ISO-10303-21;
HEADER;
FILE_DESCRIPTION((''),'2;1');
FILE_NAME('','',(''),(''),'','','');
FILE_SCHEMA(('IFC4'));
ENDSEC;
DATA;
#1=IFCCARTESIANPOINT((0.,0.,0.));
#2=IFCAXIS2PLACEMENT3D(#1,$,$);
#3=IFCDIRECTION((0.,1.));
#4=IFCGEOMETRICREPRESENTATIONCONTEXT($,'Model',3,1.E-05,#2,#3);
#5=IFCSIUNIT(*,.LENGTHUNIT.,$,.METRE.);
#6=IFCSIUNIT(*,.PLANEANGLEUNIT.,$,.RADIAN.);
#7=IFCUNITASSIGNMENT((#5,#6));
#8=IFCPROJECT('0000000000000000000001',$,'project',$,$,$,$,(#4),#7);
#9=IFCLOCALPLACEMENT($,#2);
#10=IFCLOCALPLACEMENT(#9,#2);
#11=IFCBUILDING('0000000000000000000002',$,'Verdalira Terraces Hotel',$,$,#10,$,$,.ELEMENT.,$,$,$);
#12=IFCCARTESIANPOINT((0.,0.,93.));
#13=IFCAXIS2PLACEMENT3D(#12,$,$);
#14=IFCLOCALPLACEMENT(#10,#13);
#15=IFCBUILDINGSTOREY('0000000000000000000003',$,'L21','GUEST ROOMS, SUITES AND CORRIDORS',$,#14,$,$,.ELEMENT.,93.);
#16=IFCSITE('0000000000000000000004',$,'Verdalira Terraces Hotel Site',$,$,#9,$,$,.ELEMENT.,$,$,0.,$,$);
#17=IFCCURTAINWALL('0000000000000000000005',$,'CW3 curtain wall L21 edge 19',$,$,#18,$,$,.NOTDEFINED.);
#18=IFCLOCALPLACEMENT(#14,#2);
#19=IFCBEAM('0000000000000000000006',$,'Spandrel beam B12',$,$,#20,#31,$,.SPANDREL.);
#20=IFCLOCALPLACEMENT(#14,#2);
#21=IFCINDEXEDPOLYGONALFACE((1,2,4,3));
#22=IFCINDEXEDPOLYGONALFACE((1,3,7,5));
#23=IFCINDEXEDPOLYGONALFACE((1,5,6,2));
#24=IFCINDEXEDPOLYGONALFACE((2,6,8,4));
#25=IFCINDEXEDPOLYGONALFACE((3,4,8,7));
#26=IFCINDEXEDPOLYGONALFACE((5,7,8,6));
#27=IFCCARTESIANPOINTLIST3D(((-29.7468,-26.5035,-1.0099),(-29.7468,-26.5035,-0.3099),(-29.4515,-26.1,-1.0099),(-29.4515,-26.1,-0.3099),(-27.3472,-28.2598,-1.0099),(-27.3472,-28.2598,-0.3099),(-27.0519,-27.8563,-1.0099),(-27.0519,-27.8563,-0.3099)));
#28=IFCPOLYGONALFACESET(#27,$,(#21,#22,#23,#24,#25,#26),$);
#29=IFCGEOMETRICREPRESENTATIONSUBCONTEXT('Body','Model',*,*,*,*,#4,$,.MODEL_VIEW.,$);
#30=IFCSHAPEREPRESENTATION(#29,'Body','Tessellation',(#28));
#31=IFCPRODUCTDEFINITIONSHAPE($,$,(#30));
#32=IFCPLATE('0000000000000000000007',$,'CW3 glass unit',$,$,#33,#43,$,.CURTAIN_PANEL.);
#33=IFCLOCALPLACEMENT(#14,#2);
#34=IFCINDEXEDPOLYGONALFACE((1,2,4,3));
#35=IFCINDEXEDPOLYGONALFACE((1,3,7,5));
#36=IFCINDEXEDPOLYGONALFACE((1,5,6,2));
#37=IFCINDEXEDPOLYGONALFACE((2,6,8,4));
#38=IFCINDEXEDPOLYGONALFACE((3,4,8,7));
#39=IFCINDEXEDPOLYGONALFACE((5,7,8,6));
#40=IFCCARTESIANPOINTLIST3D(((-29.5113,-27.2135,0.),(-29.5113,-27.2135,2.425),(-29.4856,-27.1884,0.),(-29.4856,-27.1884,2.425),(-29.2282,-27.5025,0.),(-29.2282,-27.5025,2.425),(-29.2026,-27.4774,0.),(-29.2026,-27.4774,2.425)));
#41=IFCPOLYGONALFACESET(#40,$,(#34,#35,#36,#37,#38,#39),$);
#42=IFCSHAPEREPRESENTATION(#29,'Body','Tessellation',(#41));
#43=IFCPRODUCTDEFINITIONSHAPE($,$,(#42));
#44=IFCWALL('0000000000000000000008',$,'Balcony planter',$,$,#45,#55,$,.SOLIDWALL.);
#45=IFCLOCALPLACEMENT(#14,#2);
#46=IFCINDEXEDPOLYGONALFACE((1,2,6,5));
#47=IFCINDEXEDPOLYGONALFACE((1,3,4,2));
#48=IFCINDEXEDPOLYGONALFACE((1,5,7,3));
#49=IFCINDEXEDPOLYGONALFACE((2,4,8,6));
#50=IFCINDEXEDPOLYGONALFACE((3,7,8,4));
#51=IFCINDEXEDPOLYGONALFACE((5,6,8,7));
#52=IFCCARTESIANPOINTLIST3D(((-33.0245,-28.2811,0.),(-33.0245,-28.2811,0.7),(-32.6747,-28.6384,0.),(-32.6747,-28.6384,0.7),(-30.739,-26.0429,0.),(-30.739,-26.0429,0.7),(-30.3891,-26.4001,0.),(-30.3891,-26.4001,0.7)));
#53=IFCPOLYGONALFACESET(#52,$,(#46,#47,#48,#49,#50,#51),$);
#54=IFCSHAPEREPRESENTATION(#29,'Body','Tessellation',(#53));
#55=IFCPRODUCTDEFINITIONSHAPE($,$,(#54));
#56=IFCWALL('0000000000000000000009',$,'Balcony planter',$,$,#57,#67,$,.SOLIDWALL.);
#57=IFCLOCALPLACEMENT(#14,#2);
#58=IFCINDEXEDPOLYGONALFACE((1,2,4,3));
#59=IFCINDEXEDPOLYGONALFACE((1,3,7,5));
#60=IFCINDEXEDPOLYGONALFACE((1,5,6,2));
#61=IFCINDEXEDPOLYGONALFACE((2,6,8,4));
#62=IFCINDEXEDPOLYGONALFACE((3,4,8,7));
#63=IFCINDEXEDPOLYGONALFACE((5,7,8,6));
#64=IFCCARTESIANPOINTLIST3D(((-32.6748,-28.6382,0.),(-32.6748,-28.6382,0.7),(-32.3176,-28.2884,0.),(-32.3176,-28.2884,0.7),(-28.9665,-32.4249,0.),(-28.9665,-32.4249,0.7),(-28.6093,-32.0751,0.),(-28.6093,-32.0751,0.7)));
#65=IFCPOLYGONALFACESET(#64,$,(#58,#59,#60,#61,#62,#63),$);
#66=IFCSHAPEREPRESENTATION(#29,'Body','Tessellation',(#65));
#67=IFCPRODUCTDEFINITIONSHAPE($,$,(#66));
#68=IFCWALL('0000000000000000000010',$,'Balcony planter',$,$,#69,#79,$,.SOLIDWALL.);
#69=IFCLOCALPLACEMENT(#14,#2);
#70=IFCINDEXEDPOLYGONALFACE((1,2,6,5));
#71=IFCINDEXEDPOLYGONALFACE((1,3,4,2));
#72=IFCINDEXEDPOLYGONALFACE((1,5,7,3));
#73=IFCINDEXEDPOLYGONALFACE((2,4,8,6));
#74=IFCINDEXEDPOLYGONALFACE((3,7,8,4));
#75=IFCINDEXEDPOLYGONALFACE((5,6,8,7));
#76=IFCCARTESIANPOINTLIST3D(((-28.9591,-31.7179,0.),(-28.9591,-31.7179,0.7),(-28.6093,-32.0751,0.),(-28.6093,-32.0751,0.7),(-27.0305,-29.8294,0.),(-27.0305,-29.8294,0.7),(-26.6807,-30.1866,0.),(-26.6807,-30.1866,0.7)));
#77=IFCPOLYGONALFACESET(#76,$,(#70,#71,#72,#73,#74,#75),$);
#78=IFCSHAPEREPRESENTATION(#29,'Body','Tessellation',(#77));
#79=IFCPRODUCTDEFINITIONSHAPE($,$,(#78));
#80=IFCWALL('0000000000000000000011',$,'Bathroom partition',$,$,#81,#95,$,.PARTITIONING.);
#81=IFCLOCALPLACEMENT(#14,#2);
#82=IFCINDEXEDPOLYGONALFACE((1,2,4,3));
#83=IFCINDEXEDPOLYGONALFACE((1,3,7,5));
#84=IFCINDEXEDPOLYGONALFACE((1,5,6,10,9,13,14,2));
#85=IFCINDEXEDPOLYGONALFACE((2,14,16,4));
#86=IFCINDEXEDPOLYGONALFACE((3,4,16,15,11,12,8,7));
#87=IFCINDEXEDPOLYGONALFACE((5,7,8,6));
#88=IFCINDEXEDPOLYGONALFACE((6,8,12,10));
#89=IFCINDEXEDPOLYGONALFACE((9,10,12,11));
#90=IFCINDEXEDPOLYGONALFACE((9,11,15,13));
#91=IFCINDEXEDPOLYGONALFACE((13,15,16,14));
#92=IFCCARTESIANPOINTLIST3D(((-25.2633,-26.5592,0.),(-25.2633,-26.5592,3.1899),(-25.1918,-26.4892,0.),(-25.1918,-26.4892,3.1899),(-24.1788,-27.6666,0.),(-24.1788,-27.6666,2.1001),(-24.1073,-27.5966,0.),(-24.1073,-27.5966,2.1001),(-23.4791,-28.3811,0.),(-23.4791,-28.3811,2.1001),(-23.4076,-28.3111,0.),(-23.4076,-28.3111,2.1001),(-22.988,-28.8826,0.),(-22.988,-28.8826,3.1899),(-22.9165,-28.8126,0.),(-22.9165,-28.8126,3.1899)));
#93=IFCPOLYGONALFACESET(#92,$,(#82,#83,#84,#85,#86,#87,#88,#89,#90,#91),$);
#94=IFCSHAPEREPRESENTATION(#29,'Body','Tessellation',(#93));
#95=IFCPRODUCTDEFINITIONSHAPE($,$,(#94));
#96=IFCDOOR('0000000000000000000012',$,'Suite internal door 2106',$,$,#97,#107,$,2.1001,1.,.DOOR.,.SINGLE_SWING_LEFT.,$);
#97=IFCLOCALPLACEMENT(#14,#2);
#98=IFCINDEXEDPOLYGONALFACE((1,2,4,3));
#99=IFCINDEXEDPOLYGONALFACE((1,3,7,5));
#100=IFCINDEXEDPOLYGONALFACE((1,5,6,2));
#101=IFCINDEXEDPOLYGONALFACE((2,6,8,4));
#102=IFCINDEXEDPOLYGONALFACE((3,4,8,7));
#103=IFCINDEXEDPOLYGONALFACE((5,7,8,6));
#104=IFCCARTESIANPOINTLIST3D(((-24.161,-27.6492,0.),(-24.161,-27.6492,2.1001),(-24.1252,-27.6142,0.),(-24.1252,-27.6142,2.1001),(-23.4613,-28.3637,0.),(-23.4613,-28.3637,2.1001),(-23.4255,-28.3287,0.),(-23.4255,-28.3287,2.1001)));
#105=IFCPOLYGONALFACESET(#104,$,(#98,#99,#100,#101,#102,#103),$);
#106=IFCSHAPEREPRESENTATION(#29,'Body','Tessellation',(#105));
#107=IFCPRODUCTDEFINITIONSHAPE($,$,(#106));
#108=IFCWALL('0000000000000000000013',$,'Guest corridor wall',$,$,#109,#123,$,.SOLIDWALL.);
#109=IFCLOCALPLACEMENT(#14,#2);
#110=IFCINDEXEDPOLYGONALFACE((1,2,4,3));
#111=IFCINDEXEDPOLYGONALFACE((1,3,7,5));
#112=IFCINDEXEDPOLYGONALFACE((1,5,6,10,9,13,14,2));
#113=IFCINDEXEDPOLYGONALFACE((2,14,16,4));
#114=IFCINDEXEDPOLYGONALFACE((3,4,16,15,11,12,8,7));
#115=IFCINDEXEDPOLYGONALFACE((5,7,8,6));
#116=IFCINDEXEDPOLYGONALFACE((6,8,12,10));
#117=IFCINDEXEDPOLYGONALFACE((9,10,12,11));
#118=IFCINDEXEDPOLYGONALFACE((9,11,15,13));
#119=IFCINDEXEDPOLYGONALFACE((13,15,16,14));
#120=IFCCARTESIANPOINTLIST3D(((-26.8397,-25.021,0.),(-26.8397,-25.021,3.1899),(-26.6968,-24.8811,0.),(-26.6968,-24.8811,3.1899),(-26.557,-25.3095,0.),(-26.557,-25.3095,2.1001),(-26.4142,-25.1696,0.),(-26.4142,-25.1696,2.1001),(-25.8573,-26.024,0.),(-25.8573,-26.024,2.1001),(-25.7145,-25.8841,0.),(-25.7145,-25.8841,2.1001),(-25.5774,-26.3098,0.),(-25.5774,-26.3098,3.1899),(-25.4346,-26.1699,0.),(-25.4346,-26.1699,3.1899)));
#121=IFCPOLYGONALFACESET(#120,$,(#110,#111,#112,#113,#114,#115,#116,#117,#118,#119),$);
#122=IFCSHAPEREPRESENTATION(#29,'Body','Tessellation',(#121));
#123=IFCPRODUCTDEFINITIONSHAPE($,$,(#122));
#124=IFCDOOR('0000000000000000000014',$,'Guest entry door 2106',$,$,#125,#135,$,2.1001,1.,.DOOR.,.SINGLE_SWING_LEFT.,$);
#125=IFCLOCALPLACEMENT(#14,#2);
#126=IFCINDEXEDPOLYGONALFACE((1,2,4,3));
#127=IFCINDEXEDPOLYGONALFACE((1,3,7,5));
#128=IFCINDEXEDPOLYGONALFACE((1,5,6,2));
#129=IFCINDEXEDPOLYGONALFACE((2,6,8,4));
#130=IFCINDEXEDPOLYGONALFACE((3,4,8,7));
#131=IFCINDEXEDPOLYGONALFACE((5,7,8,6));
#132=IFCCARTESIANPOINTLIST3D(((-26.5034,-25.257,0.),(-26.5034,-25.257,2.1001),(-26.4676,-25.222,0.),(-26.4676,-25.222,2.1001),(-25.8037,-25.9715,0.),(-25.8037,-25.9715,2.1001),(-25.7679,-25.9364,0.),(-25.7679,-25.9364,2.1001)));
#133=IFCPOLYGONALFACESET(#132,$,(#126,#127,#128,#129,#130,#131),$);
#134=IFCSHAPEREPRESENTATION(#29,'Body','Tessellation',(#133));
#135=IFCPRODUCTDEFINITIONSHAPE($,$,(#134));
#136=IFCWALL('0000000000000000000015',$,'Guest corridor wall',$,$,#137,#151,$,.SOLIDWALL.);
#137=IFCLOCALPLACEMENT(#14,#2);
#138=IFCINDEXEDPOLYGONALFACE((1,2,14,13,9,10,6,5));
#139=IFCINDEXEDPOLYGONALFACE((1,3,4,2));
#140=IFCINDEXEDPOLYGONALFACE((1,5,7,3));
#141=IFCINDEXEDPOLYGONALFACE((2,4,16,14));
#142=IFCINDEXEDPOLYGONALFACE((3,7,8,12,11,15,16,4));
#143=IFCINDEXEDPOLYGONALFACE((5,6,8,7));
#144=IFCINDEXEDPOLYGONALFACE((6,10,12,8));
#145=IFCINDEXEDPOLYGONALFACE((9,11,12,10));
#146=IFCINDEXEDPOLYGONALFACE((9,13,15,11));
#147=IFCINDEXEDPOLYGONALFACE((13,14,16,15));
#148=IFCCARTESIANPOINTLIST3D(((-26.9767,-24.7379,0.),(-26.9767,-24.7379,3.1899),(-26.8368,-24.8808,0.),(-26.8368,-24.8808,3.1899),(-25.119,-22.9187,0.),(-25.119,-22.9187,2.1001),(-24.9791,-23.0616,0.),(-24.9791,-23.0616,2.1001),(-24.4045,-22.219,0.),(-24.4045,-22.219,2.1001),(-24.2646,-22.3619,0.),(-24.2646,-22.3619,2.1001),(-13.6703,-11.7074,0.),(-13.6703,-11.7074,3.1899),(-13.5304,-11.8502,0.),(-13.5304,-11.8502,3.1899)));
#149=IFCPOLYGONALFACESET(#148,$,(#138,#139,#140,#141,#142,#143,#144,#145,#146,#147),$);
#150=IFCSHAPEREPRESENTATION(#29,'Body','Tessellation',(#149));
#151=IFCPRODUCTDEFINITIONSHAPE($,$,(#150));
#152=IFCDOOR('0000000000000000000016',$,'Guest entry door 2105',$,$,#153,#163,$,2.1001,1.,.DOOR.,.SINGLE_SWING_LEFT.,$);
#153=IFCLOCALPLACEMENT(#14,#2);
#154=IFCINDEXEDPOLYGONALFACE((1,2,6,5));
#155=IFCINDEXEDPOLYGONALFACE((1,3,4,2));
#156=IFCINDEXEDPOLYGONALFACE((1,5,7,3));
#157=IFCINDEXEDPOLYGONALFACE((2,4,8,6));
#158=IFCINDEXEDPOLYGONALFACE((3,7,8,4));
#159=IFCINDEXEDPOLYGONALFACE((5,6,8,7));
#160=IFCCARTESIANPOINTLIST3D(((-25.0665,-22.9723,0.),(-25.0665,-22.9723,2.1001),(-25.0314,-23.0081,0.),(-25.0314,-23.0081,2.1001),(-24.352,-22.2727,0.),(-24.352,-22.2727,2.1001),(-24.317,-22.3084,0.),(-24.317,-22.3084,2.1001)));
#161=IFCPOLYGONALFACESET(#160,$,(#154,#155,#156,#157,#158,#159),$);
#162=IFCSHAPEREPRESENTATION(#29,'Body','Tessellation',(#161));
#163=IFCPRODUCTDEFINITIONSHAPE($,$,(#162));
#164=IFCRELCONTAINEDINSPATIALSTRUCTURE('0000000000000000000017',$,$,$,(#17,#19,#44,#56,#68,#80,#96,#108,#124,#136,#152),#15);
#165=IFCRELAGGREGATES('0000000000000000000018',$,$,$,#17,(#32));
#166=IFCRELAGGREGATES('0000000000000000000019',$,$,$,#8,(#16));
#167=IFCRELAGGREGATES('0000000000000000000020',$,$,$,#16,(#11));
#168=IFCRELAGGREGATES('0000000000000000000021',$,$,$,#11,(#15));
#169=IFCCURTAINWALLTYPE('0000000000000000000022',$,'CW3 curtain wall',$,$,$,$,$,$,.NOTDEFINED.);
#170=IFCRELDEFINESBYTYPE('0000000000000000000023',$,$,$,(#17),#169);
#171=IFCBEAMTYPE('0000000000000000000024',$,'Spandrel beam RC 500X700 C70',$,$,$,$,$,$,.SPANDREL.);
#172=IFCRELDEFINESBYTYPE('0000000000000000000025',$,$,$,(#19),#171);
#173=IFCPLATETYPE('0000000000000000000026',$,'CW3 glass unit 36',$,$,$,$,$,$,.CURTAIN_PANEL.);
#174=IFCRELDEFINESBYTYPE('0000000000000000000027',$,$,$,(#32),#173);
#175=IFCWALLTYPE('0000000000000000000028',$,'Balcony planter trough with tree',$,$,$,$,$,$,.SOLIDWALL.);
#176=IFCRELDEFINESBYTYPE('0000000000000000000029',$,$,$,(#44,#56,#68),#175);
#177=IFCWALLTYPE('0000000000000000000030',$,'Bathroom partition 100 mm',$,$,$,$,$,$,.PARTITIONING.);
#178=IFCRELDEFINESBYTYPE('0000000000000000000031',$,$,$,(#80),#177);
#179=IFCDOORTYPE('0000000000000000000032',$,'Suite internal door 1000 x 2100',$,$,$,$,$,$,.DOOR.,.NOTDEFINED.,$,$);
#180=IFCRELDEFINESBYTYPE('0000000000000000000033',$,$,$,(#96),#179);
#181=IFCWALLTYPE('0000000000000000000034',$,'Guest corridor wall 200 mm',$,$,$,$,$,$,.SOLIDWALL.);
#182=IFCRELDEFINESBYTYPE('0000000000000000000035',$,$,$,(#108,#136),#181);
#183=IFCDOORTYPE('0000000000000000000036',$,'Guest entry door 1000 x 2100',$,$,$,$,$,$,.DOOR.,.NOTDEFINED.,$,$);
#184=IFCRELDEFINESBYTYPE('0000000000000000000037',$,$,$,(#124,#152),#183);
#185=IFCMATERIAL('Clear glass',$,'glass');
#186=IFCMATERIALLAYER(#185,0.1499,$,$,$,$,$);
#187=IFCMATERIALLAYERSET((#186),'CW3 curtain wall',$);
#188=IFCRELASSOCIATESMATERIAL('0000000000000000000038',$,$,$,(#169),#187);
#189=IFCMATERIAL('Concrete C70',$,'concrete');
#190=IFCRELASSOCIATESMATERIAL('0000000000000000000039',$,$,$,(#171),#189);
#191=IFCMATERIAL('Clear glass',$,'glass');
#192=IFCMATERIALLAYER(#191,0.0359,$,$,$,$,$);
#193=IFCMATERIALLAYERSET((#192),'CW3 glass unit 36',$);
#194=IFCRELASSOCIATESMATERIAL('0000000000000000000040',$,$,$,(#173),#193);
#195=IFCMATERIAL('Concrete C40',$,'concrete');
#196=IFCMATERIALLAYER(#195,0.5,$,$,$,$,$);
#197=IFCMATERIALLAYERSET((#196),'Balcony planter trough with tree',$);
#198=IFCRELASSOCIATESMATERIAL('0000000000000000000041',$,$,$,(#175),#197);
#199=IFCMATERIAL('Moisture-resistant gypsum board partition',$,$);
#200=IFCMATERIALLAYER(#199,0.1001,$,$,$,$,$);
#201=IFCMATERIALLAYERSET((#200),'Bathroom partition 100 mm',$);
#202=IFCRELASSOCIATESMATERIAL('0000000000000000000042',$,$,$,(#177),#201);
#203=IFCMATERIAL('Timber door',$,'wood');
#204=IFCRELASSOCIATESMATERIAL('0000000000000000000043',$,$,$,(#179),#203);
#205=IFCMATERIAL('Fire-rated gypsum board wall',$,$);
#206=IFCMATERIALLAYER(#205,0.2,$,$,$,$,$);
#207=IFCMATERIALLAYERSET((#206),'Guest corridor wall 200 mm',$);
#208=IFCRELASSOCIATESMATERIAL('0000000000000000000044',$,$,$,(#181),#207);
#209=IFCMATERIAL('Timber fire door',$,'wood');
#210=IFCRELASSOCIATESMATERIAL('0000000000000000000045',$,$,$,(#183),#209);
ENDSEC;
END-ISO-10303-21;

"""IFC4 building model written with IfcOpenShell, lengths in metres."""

from ifc_helpers import new_model, si_unit, direction, frame, frame_2d, origin, origin_2d, place, context, subcontext, project, spatial, rectangle, extrude, material, layer, layer_set, material_profile, profile_set, type_object, element, fill, aggregate, save


model = new_model("IFC4")

# Units and contexts
model_context = context("Model", 3, precision=1e-05, world=origin(), true_north=direction((0.0, 1.0)))
body_context = subcontext(model_context, "Body", "Model", "MODEL_VIEW")
ifc_project = project(units=[si_unit("LENGTHUNIT", "METRE"), si_unit("PLANEANGLEUNIT", "RADIAN")], contexts=[model_context])

# Site, building, storey
site_placement = place(None, origin())
site = spatial("IfcSite", under=ifc_project, at=site_placement, Name="Verdalira Terraces Hotel Site", CompositionType="ELEMENT", RefElevation=0.0)
building_placement = place(site_placement, origin())
building = spatial("IfcBuilding", under=site, at=building_placement, Name="Verdalira Terraces Hotel", CompositionType="ELEMENT")
storey_placement = place(building_placement, frame((0.0, 0.0, 93.0)))
storey = spatial("IfcBuildingStorey", under=building, at=storey_placement, Name="L21", Description="GUEST ROOMS, SUITES AND CORRIDORS", CompositionType="ELEMENT", Elevation=93.0)

# Curtain wall
ifc_material_1 = material(Name="Clear glass", Category="glass")
ifc_layer_1 = layer(ifc_material_1, 0.1499)
ifc_layer_set_1 = layer_set([ifc_layer_1], Name="CW3 curtain wall")
curtain_wall_type_1 = type_object("IfcCurtainWallType", Name="CW3 curtain wall", PredefinedType="NOTDEFINED", material=ifc_layer_set_1)
curtain_wall_1_placement = place(storey_placement, origin())
curtain_wall_1 = element("IfcCurtainWall", 1, at=curtain_wall_1_placement, inside=storey, type_object=curtain_wall_type_1, Name="CW3 curtain wall L21 edge 19", PredefinedType="NOTDEFINED")

# Beam
ifc_material_2 = material(Name="Concrete C70", Category="concrete")
ifc_material_profile_1 = material_profile(ifc_material_2, rectangle(XDim=0.5, YDim=0.7, at=origin_2d()), Name="RC 500X700")
ifc_profile_set_1 = profile_set([ifc_material_profile_1], Name="Concrete C70")
beam_type_1 = type_object("IfcBeamType", Name="Spandrel beam RC 500X700 C70", PredefinedType="SPANDREL", material=ifc_profile_set_1)
beam_1_placement = place(storey_placement, frame((-29.5991, -26.3018, -0.6599), z_axis=(0.80695, -0.59062, 0.0), x_axis=(0.59062, 0.80695, 0.0)))
element("IfcBeam", 2, at=beam_1_placement, inside=storey, type_object=beam_type_1, Name="Spandrel beam B12", PredefinedType="SPANDREL", context=body_context, shape_type="SweptSolid", body=[
    extrude(rectangle(XDim=0.5, YDim=0.7, at=origin_2d()), origin(), (0.0, 0.0, 1.0), 2.9736),
])

# Plate
ifc_material_3 = material(Name="Clear glass", Category="glass")
ifc_layer_2 = layer(ifc_material_3, 0.0359)
ifc_layer_set_2 = layer_set([ifc_layer_2], Name="CW3 glass unit 36")
plate_type = type_object("IfcPlateType", Name="CW3 glass unit 36", PredefinedType="CURTAIN_PANEL", material=ifc_layer_set_2)
plate_placement = place(storey_placement, frame((-29.3569, -27.3455, 0.0), z_axis=(0.0, 0.0, 1.0), x_axis=(0.699663, -0.714473, 0.0)))
plate = element("IfcPlate", 3, at=plate_placement, type_object=plate_type, Name="CW3 glass unit", PredefinedType="CURTAIN_PANEL", context=body_context, shape_type="SweptSolid", body=[
    extrude(rectangle(XDim=0.4045, YDim=0.0359, at=origin_2d()), origin(), (0.0, 0.0, 1.0), 2.425),
])
aggregate(curtain_wall_1, [plate])

# Walls
ifc_material_4 = material(Name="Concrete C40", Category="concrete")
ifc_layer_3 = layer(ifc_material_4, 0.5)
ifc_layer_set_3 = layer_set([ifc_layer_3], Name="Balcony planter trough with tree")
wall_type_1 = type_object("IfcWallType", Name="Balcony planter trough with tree", PredefinedType="SOLIDWALL", material=ifc_layer_set_3)
wall_1_placement = place(storey_placement, frame((-30.564, -26.2214, 0.0), z_axis=(0.0, 0.0, 1.0), x_axis=(-0.714471, -0.699665, 0.0)))
element("IfcWall", 4, at=wall_1_placement, inside=storey, type_object=wall_type_1, Name="Balcony planter", PredefinedType="SOLIDWALL", context=body_context, shape_type="SweptSolid", body=[
    extrude(rectangle(XDim=3.199, YDim=0.5, at=frame_2d((1.5996, 0.0))), origin(), (0.0, 0.0, 1.0), 0.7),
])
wall_2_placement = place(storey_placement, frame((-32.4961, -28.4634, 0.0), z_axis=(0.0, 0.0, 1.0), x_axis=(0.699675, -0.714461, 0.0)))
element("IfcWall", 5, at=wall_2_placement, inside=storey, type_object=wall_type_1, Name="Balcony planter", PredefinedType="SOLIDWALL", context=body_context, shape_type="SweptSolid", body=[
    extrude(rectangle(XDim=5.3, YDim=0.5, at=frame_2d((2.6499, 0.0))), origin(), (0.0, 0.0, 1.0), 0.7),
])
wall_3_placement = place(storey_placement, frame((-28.7842, -31.8965, 0.0), z_axis=(0.0, 0.0, 1.0), x_axis=(0.714485, 0.699651, 0.0)))
element("IfcWall", 6, at=wall_3_placement, inside=storey, type_object=wall_type_1, Name="Balcony planter", PredefinedType="SOLIDWALL", context=body_context, shape_type="SweptSolid", body=[
    extrude(rectangle(XDim=2.6992, YDim=0.5, at=frame_2d((1.3496, 0.0))), origin(), (0.0, 0.0, 1.0), 0.7),
])

# Walls, openings, doors
ifc_material_5 = material(Name="Moisture-resistant gypsum board partition")
ifc_layer_4 = layer(ifc_material_5, 0.1001)
ifc_layer_set_4 = layer_set([ifc_layer_4], Name="Bathroom partition 100 mm")
wall_type_2 = type_object("IfcWallType", Name="Bathroom partition 100 mm", PredefinedType="PARTITIONING", material=ifc_layer_set_4)
wall_4_placement = place(storey_placement, frame((-25.2275, -26.5242, 0.0), z_axis=(0.0, 0.0, 1.0), x_axis=(0.699673, -0.714463, 0.0)))
wall_4 = element("IfcWall", 7, at=wall_4_placement, inside=storey, type_object=wall_type_2, Name="Bathroom partition", PredefinedType="PARTITIONING", context=body_context, shape_type="SweptSolid", body=[
    extrude(rectangle(XDim=3.252, YDim=0.1001, at=frame_2d((1.626, 0.0))), origin(), (0.0, 0.0, 1.0), 3.1899),
])
opening_1_placement = place(wall_4_placement, frame((1.55, 0.0, 0.0)))
opening_1 = element("IfcOpeningElement", 8, at=opening_1_placement, cuts=wall_4, PredefinedType="OPENING", context=body_context, shape_type="SweptSolid", body=[
    extrude(rectangle(XDim=1.0, YDim=2.1001, at=frame_2d((0.5, 1.05))), frame((0.0, 0.0601, 0.0), z_axis=(0.0, -1.0, 0.0), x_axis=(1.0, 0.0, 0.0)), (0.0, 0.0, 1.0), 0.1201),
])
ifc_material_6 = material(Name="Timber door", Category="wood")
door_type_1 = type_object("IfcDoorType", Name="Suite internal door 1000 x 2100", OperationType="NOTDEFINED", PredefinedType="DOOR", material=ifc_material_6)
door_1_placement = place(opening_1_placement, origin())
door_1 = element("IfcDoor", 9, at=door_1_placement, inside=storey, type_object=door_type_1, Name="Suite internal door 2106", OperationType="SINGLE_SWING_LEFT", OverallHeight=2.1001, OverallWidth=1.0, PredefinedType="DOOR", context=body_context, shape_type="SweptSolid", body=[
    extrude(rectangle(XDim=1.0, YDim=2.1001, at=frame_2d((0.5, 1.05))), frame((0.0, 0.0249, 0.0), z_axis=(0.0, -1.0, 0.0), x_axis=(1.0, 0.0, 0.0)), (0.0, 0.0, 1.0), 0.05),
])
fill(opening_1, door_1)
ifc_material_7 = material(Name="Fire-rated gypsum board wall")
ifc_layer_5 = layer(ifc_material_7, 0.2)
ifc_layer_set_5 = layer_set([ifc_layer_5], Name="Guest corridor wall 200 mm")
wall_type_3 = type_object("IfcWallType", Name="Guest corridor wall 200 mm", PredefinedType="SOLIDWALL", material=ifc_layer_set_5)
wall_5_placement = place(storey_placement, frame((-25.5061, -26.2397, 0.0), z_axis=(0.0, 0.0, 1.0), x_axis=(-0.699692, 0.714444, 0.0)))
wall_5 = element("IfcWall", 10, at=wall_5_placement, inside=storey, type_object=wall_type_3, Name="Guest corridor wall", PredefinedType="SOLIDWALL", context=body_context, shape_type="SweptSolid", body=[
    extrude(rectangle(XDim=1.804, YDim=0.2, at=frame_2d((0.9019, 0.0))), origin(), (0.0, 0.0, 1.0), 3.1899),
])
opening_2_placement = place(wall_5_placement, frame((0.3999, 0.0, 0.0)))
opening_2 = element("IfcOpeningElement", 11, at=opening_2_placement, cuts=wall_5, PredefinedType="OPENING", context=body_context, shape_type="SweptSolid", body=[
    extrude(rectangle(XDim=1.0, YDim=2.1001, at=frame_2d((0.5, 1.05))), frame((0.0, 0.1099, 0.0), z_axis=(0.0, -1.0, 0.0), x_axis=(1.0, 0.0, 0.0)), (0.0, 0.0, 1.0), 0.22),
])
ifc_material_8 = material(Name="Timber fire door", Category="wood")
door_type_2 = type_object("IfcDoorType", Name="Guest entry door 1000 x 2100", OperationType="NOTDEFINED", PredefinedType="DOOR", material=ifc_material_8)
door_2_placement = place(opening_2_placement, origin())
door_2 = element("IfcDoor", 12, at=door_2_placement, inside=storey, type_object=door_type_2, Name="Guest entry door 2106", OperationType="SINGLE_SWING_LEFT", OverallHeight=2.1001, OverallWidth=1.0, PredefinedType="DOOR", context=body_context, shape_type="SweptSolid", body=[
    extrude(rectangle(XDim=1.0, YDim=2.1001, at=frame_2d((0.5, 1.05))), frame((0.0, 0.0249, 0.0), z_axis=(0.0, -1.0, 0.0), x_axis=(1.0, 0.0, 0.0)), (0.0, 0.0, 1.0), 0.05),
])
fill(opening_2, door_2)
wall_6_placement = place(storey_placement, frame((-26.9067, -24.8093, 0.0), z_axis=(0.0, 0.0, 1.0), x_axis=(0.714475, 0.699661, 0.0)))
wall_6 = element("IfcWall", 13, at=wall_6_placement, inside=storey, type_object=wall_type_3, Name="Guest corridor wall", PredefinedType="SOLIDWALL", context=body_context, shape_type="SweptSolid", body=[
    extrude(rectangle(XDim=18.624, YDim=0.2, at=frame_2d((9.312, 0.0))), origin(), (0.0, 0.0, 1.0), 3.1899),
])
opening_3_placement = place(wall_6_placement, frame((2.6001, 0.0, 0.0)))
opening_3 = element("IfcOpeningElement", 14, at=opening_3_placement, cuts=wall_6, PredefinedType="OPENING", context=body_context, shape_type="SweptSolid", body=[
    extrude(rectangle(XDim=1.0, YDim=2.1001, at=frame_2d((0.5, 1.05))), frame((0.0, 0.1099, 0.0), z_axis=(0.0, -1.0, 0.0), x_axis=(1.0, 0.0, 0.0)), (0.0, 0.0, 1.0), 0.22),
])
door_3_placement = place(opening_3_placement, origin())
door_3 = element("IfcDoor", 15, at=door_3_placement, inside=storey, type_object=door_type_2, Name="Guest entry door 2105", OperationType="SINGLE_SWING_LEFT", OverallHeight=2.1001, OverallWidth=1.0, PredefinedType="DOOR", context=body_context, shape_type="SweptSolid", body=[
    extrude(rectangle(XDim=1.0, YDim=2.1001, at=frame_2d((0.5, 1.05))), frame((0.0, 0.0249, 0.0), z_axis=(0.0, -1.0, 0.0), x_axis=(1.0, 0.0, 0.0)), (0.0, 0.0, 1.0), 0.05),
])
fill(opening_3, door_3)

save(model, "model.ifc")
